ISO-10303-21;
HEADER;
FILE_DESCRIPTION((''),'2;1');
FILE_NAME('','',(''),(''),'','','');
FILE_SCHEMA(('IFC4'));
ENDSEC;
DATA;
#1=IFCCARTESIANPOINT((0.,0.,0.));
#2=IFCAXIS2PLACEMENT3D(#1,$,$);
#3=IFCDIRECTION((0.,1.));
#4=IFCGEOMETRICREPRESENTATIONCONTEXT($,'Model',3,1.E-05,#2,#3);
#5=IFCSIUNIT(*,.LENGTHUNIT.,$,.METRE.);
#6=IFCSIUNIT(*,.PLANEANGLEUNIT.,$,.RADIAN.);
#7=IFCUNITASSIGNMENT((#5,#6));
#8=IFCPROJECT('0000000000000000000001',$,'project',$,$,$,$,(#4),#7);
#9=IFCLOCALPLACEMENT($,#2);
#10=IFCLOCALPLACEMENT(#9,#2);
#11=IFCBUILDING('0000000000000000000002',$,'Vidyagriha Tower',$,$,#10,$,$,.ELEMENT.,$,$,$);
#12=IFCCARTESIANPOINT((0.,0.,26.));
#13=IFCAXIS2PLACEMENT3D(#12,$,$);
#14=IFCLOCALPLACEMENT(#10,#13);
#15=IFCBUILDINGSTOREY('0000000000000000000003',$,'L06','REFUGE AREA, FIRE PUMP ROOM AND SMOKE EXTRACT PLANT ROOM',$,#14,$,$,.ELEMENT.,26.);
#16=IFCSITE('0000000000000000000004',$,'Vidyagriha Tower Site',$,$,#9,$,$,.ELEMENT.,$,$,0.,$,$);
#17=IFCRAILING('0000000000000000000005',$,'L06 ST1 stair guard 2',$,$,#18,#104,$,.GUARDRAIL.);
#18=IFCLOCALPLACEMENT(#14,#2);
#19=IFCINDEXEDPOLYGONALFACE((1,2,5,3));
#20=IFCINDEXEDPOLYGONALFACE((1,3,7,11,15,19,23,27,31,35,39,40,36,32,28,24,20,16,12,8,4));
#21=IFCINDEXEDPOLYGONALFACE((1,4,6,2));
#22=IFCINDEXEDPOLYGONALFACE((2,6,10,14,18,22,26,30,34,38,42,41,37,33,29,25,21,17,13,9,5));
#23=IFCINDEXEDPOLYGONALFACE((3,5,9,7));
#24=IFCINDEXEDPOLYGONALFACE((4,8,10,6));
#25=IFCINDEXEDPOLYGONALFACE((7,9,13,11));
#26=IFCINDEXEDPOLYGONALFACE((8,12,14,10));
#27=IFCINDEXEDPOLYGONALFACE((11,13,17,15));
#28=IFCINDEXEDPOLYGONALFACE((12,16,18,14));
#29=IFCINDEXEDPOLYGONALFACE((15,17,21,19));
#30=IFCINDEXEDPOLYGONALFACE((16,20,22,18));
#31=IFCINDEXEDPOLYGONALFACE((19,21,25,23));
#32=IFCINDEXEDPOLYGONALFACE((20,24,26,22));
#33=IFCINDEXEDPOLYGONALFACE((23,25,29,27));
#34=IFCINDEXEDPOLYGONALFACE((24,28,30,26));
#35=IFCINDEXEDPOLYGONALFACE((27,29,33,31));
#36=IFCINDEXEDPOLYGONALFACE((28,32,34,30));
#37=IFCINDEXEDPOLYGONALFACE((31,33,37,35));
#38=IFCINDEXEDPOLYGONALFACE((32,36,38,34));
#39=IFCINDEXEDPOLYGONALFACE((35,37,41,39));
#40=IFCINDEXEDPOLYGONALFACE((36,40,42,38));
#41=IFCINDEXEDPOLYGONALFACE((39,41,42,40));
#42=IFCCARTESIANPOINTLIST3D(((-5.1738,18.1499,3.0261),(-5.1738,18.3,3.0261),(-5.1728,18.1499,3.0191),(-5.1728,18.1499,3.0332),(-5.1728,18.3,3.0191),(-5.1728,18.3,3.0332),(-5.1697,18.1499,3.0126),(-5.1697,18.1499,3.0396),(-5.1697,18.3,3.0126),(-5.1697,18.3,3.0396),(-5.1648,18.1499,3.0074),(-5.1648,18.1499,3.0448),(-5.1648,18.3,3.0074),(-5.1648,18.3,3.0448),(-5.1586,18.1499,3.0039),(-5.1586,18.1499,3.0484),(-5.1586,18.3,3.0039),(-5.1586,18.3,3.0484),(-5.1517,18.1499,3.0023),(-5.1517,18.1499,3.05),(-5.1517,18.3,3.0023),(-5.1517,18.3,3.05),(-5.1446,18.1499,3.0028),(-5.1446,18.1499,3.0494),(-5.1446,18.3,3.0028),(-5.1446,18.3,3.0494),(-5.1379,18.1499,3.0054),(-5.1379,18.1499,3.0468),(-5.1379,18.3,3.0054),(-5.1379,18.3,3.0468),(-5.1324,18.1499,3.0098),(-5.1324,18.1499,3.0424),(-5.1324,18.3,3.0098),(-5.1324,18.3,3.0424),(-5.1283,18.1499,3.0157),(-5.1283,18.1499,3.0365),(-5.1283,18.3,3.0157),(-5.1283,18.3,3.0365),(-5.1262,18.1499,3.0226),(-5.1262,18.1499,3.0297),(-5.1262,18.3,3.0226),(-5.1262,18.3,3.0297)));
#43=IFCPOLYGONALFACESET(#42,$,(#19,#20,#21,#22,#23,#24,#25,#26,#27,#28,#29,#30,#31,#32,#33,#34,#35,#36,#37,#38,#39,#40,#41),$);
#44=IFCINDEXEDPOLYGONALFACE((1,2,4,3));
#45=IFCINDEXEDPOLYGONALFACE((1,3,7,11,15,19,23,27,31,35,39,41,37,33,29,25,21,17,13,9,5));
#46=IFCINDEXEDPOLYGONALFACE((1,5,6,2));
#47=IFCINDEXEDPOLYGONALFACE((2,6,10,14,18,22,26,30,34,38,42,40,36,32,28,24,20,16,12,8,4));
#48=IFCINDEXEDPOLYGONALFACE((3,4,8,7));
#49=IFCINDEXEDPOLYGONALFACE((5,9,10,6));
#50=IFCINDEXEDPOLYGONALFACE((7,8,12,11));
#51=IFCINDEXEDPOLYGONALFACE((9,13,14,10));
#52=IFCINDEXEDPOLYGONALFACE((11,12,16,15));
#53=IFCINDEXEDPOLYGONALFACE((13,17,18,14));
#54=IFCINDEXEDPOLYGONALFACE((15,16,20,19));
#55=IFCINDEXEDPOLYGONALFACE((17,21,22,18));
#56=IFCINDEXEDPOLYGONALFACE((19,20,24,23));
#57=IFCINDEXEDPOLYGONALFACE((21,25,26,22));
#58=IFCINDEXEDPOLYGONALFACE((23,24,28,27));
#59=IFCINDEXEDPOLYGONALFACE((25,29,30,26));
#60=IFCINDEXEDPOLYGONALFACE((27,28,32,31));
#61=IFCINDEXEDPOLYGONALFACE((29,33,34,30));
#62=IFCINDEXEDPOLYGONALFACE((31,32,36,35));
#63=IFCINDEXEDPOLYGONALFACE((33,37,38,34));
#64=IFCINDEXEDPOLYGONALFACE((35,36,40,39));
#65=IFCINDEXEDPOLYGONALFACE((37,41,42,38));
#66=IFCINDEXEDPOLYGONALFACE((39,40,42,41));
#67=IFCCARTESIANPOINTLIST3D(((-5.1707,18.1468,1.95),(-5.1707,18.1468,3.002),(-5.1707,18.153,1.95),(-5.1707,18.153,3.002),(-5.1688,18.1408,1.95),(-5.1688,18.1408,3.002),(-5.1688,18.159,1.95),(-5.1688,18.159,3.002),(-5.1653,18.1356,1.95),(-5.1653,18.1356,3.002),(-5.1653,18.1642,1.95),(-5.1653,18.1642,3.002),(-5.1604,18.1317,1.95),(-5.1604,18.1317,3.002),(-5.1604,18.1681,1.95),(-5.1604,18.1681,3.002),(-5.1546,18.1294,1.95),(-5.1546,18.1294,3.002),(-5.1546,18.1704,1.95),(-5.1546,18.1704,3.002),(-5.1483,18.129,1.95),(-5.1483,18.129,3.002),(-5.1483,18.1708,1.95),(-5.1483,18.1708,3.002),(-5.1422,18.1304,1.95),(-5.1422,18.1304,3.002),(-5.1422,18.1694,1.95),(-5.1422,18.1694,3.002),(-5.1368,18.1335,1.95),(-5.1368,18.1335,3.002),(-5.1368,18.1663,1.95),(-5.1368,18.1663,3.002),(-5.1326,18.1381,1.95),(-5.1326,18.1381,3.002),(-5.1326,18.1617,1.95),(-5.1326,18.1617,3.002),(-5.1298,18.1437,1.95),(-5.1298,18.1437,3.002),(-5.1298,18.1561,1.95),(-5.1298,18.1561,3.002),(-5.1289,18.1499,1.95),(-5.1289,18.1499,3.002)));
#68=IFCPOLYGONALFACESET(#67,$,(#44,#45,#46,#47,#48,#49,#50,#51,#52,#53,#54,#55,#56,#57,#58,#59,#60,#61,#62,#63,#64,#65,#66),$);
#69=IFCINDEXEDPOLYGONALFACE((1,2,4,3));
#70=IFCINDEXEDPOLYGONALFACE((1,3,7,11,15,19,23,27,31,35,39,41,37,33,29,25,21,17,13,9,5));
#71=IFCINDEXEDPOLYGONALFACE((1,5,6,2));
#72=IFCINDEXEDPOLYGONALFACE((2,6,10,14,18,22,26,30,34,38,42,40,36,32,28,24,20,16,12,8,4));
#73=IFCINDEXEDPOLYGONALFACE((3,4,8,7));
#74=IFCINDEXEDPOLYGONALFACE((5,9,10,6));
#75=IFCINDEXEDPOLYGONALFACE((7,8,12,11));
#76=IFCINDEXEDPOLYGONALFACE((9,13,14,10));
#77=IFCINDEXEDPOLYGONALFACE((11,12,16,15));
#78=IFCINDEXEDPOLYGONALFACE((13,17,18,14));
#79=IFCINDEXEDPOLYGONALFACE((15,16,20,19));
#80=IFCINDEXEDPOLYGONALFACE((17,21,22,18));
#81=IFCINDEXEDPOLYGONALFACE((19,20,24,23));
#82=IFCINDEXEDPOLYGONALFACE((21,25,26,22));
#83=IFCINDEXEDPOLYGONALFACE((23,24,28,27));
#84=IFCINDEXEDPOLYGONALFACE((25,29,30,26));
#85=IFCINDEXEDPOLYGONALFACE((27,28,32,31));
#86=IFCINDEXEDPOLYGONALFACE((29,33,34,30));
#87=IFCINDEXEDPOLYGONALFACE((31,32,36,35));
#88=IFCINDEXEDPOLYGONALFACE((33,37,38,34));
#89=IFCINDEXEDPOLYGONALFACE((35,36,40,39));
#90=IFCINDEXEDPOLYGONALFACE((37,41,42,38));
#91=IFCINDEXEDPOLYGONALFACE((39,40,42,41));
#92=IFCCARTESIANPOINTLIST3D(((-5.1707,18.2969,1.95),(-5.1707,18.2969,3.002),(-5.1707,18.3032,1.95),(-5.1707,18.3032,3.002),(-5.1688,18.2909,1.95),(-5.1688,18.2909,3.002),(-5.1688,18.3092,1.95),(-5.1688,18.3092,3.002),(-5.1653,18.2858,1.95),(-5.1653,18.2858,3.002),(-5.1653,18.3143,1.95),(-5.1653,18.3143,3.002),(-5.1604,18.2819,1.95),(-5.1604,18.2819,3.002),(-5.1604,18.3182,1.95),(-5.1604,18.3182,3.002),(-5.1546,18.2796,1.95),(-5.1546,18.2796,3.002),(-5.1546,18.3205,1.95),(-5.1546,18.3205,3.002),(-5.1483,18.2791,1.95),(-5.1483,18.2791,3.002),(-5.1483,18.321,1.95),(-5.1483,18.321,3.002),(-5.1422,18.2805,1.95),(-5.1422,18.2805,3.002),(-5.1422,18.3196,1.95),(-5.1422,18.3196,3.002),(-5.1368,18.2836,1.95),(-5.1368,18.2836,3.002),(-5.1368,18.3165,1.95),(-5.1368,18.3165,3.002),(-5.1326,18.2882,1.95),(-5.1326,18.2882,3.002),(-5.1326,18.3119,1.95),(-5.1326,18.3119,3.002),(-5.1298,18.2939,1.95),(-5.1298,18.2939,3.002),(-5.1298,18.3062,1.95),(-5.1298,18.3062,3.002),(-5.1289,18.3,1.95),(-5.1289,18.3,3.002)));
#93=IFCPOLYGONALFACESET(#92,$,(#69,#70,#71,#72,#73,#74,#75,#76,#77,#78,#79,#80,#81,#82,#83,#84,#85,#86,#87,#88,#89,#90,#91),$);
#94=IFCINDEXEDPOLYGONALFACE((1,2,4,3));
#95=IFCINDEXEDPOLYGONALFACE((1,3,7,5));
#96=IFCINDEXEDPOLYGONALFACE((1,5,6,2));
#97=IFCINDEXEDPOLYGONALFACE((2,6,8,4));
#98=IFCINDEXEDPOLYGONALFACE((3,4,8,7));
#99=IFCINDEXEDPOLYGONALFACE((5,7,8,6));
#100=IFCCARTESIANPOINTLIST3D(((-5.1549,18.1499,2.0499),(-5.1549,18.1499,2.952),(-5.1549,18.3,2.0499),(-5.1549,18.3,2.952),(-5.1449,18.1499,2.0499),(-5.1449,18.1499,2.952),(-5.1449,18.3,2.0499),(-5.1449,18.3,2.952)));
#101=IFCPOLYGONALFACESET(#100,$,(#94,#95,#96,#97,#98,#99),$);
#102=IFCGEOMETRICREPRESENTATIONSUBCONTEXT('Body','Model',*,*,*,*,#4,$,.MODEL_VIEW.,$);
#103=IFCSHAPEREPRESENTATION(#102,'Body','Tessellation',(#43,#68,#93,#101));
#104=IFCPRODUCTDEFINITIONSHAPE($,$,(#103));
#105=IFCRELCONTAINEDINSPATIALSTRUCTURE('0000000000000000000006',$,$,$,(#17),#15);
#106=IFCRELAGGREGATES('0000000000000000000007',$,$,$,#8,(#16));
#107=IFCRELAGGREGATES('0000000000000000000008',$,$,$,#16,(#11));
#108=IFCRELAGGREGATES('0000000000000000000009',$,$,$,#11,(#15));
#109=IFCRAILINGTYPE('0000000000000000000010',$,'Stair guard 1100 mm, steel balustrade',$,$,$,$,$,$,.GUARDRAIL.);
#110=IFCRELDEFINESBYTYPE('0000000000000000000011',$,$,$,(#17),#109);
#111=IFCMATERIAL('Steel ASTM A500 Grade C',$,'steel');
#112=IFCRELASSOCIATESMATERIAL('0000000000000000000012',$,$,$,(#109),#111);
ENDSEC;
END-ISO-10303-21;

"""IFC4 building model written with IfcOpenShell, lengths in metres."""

from ifc_helpers import new_model, si_unit, direction, frame, origin, origin_2d, place, context, subcontext, project, spatial, rectangle, circle, extrude, material, type_object, element, save


model = new_model("IFC4")

# Units and contexts
model_context = context("Model", 3, precision=1e-05, world=origin(), true_north=direction((0.0, 1.0)))
body_context = subcontext(model_context, "Body", "Model", "MODEL_VIEW")
ifc_project = project(units=[si_unit("LENGTHUNIT", "METRE"), si_unit("PLANEANGLEUNIT", "RADIAN")], contexts=[model_context])

# Site, building, storey
site_placement = place(None, origin())
site = spatial("IfcSite", under=ifc_project, at=site_placement, Name="Vidyagriha Tower Site", CompositionType="ELEMENT", RefElevation=0.0)
building_placement = place(site_placement, origin())
building = spatial("IfcBuilding", under=site, at=building_placement, Name="Vidyagriha Tower", CompositionType="ELEMENT")
storey_placement = place(building_placement, frame((0.0, 0.0, 26.0)))
storey = spatial("IfcBuildingStorey", under=building, at=storey_placement, Name="L06", Description="REFUGE AREA, FIRE PUMP ROOM AND SMOKE EXTRACT PLANT ROOM", CompositionType="ELEMENT", Elevation=26.0)

# Railing
ifc_material_1 = material(Name="Steel ASTM A500 Grade C", Category="steel")
railing_type_1 = type_object("IfcRailingType", Name="Stair guard 1100 mm, steel balustrade", PredefinedType="GUARDRAIL", material=ifc_material_1)
railing_1_placement = place(storey_placement, frame((-5.1499, 18.1499, 1.95)))
element("IfcRailing", 1, at=railing_1_placement, inside=storey, type_object=railing_type_1, Name="L06 ST1 stair guard 2", PredefinedType="GUARDRAIL", context=body_context, shape_type="SweptSolid", body=[
    extrude(circle(Radius=0.0239, at=origin_2d()), frame((0.0, 0.0, 1.0762), z_axis=(0.0, 1.0, 0.0), x_axis=(-1.0, 0.0, 0.0)), (0.0, 0.0, 1.0), 0.1501),
    extrude(circle(Radius=0.021, at=origin_2d()), origin(), (0.0, 0.0, 1.0), 1.052),
    extrude(circle(Radius=0.021, at=origin_2d()), frame((0.0, 0.1501, 0.0)), (0.0, 0.0, 1.0), 1.052),
    extrude(rectangle(XDim=0.01, YDim=0.9021, at=origin_2d()), frame((0.0, 0.0, 0.551), z_axis=(0.0, 1.0, 0.0), x_axis=(-1.0, 0.0, 0.0)), (0.0, 0.0, 1.0), 0.1501),
])

save(model, "model.ifc")
